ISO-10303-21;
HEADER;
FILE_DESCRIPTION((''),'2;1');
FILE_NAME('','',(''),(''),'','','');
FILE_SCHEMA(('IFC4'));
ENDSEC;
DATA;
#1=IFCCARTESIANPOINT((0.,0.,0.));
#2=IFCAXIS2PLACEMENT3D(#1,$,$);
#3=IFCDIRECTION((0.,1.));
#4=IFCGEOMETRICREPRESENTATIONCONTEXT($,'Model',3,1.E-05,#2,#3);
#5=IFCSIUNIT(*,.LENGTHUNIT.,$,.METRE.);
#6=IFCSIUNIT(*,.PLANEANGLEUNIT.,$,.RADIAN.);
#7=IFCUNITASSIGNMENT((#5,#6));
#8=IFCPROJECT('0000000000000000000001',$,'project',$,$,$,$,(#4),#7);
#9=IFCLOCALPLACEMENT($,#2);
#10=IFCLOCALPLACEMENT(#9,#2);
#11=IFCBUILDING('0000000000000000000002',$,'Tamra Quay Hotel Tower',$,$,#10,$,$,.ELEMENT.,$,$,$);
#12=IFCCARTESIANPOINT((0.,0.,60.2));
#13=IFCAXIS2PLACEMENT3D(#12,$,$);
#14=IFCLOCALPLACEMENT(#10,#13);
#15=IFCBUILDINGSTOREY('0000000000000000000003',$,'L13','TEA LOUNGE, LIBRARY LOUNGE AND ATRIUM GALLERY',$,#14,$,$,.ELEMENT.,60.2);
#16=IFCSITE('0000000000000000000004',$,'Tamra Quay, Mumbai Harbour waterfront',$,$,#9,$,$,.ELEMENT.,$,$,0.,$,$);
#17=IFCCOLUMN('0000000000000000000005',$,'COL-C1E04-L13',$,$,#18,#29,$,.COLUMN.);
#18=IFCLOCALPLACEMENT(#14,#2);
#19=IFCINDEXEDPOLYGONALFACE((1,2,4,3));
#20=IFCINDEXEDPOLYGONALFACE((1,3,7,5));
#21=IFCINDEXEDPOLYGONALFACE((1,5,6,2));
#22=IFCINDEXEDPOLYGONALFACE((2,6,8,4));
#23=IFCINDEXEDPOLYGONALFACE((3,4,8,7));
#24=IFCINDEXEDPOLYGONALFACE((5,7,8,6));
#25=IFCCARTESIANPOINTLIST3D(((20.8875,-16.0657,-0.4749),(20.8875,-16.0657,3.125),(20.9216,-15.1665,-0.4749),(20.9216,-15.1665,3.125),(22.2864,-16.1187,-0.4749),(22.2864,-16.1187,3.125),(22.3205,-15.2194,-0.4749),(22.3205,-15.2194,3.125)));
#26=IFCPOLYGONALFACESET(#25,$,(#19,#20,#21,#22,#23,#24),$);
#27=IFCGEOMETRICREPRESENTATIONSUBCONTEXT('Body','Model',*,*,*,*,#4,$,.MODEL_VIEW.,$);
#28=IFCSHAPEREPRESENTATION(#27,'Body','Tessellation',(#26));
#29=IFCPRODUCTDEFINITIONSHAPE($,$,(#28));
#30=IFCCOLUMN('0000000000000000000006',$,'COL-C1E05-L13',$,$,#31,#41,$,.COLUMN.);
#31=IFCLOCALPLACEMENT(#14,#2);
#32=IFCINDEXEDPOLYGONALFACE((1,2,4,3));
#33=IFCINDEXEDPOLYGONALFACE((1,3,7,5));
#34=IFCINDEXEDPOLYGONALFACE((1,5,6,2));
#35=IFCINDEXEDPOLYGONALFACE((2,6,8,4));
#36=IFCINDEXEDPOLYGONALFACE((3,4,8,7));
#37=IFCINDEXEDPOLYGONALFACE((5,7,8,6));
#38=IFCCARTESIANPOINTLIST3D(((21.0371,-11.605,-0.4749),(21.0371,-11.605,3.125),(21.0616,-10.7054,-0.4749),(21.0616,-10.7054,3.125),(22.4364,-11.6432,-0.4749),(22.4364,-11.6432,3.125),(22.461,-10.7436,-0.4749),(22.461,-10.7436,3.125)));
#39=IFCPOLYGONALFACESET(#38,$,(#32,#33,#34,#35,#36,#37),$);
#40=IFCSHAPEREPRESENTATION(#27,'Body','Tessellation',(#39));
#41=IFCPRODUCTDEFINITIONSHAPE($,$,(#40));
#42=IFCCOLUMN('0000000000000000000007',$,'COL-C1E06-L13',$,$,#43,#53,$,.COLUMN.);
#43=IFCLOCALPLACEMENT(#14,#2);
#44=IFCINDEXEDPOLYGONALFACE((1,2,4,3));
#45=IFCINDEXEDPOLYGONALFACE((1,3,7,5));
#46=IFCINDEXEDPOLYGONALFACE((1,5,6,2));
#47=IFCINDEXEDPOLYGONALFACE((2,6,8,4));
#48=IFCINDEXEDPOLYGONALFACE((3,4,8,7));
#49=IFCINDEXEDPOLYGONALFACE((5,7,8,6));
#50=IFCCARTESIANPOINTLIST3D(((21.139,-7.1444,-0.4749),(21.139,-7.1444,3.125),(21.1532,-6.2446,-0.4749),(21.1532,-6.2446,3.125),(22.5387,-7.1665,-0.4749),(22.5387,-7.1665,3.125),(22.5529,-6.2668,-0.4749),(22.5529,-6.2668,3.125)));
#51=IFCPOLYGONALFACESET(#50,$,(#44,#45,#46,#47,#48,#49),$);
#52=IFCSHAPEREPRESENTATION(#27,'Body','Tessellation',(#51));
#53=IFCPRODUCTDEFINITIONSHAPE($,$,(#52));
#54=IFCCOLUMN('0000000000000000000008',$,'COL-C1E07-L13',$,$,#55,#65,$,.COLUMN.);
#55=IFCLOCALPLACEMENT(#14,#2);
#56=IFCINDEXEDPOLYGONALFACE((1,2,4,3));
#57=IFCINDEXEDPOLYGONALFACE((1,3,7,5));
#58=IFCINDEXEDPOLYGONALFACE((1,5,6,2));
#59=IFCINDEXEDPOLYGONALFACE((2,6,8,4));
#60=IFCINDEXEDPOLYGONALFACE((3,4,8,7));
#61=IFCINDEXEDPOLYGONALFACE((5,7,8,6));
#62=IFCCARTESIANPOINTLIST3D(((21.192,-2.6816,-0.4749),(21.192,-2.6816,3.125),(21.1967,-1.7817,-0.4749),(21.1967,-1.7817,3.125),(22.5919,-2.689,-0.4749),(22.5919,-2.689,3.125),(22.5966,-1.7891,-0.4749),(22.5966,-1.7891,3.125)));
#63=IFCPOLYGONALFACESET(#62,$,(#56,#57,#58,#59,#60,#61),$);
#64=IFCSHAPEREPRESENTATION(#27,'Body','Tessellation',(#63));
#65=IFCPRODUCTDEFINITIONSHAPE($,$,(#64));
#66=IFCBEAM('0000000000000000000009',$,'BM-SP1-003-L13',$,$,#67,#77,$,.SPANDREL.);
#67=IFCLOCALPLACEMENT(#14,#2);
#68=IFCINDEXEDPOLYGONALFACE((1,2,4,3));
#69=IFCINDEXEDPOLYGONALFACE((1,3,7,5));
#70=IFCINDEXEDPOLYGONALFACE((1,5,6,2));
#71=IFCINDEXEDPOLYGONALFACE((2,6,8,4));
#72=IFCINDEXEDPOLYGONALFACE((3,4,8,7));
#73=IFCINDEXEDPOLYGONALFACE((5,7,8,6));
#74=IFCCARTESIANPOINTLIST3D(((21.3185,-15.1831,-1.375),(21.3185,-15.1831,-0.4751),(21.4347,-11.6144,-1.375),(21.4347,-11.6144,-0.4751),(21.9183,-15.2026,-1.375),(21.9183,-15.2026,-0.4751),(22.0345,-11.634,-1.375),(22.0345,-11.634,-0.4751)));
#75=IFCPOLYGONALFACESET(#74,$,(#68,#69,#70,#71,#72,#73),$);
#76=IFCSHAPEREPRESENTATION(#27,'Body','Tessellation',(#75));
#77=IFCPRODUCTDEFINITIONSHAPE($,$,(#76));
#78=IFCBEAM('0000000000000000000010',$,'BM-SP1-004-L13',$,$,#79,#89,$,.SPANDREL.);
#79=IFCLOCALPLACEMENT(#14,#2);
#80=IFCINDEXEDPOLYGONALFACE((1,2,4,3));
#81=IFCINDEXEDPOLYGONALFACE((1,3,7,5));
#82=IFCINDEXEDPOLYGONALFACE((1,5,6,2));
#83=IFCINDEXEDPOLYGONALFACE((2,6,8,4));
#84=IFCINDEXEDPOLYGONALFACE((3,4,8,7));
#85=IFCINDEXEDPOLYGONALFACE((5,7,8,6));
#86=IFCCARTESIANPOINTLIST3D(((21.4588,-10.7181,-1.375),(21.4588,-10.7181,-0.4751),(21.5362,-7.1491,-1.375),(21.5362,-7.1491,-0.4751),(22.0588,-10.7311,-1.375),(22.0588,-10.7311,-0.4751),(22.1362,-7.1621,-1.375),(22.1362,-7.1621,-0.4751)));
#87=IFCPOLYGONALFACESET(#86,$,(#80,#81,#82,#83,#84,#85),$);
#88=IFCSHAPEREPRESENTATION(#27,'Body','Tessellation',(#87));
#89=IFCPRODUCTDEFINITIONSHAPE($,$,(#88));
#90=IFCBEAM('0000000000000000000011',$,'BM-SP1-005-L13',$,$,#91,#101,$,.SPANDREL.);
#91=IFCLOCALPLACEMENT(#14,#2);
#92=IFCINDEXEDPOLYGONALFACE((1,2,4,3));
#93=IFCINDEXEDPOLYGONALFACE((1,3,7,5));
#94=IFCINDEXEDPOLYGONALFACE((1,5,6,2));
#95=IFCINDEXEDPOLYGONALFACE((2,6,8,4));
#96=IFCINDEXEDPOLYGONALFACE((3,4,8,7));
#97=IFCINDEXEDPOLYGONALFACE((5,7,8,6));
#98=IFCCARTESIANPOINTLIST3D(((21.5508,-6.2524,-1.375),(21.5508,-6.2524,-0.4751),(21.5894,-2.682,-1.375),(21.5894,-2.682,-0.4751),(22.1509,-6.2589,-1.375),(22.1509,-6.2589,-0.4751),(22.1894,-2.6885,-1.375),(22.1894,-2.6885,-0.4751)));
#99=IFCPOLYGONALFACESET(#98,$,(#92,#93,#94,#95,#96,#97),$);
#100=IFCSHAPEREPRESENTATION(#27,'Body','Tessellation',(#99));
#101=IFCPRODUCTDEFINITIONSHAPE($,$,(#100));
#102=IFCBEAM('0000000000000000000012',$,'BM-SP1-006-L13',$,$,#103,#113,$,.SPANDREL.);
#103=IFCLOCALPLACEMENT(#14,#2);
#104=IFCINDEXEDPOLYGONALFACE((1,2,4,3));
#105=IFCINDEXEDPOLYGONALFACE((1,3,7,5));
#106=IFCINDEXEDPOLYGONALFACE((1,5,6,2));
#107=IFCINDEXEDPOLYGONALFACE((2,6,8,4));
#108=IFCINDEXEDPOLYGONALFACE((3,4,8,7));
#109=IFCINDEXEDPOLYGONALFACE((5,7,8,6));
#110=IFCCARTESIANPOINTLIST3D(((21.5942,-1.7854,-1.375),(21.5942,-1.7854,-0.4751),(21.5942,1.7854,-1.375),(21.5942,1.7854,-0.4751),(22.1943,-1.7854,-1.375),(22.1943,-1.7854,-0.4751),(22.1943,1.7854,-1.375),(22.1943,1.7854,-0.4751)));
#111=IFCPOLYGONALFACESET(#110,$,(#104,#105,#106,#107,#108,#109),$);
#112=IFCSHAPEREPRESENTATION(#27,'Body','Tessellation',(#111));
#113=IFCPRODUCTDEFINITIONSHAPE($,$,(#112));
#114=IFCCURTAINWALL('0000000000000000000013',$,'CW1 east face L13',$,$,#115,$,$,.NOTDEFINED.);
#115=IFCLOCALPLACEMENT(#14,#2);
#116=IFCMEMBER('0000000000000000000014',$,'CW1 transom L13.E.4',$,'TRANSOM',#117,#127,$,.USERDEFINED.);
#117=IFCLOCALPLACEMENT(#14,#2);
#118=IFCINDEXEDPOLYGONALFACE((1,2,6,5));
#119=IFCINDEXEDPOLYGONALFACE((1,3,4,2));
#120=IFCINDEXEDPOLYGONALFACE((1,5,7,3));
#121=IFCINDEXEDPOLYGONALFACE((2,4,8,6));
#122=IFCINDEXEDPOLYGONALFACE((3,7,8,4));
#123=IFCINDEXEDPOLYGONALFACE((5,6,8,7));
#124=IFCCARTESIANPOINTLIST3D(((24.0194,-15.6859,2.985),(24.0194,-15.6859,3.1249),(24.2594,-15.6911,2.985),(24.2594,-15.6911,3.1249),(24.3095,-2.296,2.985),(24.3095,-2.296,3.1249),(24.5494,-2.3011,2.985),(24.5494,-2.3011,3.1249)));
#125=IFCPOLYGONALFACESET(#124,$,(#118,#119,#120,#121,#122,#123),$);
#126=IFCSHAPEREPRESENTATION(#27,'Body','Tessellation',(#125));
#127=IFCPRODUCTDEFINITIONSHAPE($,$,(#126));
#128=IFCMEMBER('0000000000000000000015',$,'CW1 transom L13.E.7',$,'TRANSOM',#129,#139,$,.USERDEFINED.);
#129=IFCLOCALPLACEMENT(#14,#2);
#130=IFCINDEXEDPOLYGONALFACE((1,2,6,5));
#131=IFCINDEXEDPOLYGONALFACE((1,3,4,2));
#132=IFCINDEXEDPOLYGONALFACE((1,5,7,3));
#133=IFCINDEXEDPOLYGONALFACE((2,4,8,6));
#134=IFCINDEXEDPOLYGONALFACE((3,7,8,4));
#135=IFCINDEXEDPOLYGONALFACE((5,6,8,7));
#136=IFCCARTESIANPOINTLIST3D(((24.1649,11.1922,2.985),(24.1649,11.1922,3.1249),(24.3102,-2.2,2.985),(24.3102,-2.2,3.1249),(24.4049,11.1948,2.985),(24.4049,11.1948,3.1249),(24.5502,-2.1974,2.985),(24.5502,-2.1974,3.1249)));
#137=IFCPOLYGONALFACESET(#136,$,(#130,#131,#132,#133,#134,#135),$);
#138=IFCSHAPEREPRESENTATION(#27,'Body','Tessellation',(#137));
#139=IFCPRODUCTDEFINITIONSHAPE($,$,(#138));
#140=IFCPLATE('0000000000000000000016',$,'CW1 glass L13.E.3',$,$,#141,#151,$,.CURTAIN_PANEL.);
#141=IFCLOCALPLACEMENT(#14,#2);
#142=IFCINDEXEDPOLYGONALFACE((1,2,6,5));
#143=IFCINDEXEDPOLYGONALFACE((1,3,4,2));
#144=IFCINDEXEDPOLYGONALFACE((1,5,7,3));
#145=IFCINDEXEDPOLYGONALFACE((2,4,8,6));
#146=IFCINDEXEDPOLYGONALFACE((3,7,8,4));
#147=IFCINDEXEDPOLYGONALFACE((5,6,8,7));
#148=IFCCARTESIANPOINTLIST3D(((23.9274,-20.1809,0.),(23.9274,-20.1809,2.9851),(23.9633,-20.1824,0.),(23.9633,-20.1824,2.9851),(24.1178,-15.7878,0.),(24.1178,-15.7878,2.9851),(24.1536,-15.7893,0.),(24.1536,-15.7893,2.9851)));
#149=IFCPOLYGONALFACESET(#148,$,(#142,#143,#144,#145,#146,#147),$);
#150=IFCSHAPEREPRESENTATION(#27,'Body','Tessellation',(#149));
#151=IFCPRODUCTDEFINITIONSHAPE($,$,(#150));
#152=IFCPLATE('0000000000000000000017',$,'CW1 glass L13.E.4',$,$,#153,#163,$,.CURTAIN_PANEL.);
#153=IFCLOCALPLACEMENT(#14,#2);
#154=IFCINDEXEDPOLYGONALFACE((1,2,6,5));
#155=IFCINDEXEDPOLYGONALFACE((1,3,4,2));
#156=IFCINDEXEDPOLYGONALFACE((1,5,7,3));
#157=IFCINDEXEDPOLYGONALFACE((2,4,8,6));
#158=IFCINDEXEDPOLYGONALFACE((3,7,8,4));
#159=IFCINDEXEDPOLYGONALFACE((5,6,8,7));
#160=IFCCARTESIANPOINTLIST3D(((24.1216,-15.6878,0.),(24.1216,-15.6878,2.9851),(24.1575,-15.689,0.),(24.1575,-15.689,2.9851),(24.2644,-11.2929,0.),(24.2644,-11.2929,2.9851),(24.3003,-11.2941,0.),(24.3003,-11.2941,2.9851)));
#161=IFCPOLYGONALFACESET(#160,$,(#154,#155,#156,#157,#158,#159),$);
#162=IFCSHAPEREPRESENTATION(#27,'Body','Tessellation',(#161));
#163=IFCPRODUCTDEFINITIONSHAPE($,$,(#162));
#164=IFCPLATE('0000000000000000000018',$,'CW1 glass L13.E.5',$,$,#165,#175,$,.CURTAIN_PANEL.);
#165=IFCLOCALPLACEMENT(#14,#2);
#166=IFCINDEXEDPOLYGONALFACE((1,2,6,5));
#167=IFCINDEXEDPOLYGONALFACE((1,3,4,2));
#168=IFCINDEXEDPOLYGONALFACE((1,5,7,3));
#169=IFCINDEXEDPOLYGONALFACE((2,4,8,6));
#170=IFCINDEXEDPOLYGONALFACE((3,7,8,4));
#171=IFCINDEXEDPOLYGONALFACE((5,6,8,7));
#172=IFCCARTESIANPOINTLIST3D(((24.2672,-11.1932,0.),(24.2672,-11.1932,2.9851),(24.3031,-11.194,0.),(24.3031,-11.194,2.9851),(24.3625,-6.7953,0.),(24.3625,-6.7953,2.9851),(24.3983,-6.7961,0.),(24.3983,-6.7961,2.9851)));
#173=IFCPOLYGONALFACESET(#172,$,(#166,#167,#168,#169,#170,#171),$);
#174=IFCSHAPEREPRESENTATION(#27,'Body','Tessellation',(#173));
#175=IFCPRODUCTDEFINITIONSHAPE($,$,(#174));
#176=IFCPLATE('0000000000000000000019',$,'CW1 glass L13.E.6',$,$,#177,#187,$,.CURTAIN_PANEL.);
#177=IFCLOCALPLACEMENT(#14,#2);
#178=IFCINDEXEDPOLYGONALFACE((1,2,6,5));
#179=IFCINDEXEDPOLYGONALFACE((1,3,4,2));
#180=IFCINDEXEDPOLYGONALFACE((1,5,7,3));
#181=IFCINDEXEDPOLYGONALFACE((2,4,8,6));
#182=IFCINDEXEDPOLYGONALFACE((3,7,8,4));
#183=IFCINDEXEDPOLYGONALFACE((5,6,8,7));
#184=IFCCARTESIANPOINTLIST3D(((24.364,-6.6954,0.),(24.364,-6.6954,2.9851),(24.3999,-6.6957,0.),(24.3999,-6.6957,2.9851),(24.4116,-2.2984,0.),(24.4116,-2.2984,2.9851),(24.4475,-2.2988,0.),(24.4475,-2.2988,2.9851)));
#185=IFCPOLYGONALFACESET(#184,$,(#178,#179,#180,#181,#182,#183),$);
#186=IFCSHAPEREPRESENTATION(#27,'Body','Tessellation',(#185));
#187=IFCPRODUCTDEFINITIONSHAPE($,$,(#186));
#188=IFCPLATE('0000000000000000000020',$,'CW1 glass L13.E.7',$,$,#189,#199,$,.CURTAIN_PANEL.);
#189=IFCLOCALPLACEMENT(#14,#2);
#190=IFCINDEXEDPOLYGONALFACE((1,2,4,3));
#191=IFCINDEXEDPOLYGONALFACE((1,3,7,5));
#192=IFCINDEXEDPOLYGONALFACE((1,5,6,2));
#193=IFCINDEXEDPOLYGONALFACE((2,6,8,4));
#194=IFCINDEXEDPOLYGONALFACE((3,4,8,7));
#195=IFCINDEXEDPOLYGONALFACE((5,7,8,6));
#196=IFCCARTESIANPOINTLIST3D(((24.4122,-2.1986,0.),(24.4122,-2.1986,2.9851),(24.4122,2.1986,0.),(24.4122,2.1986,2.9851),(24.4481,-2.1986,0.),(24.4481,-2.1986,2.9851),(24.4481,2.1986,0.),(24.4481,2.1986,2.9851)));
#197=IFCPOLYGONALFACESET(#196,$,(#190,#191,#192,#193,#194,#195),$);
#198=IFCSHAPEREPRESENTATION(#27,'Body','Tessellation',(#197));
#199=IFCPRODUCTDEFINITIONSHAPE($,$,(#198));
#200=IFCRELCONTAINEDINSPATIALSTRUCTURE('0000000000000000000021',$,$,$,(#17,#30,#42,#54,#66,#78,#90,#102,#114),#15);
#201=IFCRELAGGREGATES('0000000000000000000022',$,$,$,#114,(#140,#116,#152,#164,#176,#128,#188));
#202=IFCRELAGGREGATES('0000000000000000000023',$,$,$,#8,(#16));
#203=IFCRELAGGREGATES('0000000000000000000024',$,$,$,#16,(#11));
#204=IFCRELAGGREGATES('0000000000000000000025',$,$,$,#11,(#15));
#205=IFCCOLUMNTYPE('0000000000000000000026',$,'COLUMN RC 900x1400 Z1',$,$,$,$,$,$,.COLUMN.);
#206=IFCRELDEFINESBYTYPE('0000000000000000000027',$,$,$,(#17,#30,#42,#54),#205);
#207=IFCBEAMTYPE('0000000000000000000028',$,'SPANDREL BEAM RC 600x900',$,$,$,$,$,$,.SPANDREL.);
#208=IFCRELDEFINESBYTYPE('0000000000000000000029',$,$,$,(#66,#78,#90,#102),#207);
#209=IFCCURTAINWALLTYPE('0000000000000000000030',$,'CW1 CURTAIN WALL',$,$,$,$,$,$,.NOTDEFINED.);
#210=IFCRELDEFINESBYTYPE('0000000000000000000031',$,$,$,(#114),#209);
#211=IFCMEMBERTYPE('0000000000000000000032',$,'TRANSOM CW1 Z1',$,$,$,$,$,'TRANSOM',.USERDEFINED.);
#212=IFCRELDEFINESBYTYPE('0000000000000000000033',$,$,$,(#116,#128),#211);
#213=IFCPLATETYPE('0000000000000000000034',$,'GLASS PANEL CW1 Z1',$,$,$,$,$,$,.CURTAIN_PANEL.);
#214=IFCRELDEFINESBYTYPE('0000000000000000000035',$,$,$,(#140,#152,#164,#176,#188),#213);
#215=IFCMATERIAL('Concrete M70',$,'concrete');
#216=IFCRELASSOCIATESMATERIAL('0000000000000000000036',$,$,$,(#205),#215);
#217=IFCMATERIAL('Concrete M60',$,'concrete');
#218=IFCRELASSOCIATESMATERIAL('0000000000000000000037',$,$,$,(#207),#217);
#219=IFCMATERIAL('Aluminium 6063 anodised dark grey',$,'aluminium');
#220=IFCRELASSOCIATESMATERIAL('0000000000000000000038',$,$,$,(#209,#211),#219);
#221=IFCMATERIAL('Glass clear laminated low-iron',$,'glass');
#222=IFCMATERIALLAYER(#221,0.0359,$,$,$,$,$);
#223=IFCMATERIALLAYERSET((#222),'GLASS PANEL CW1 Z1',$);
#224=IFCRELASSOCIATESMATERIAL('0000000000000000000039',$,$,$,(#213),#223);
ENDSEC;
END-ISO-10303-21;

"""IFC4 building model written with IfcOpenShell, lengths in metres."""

from ifc_helpers import new_model, si_unit, direction, frame, origin, origin_2d, place, context, subcontext, project, spatial, rectangle, extrude, material, layer, layer_set, material_profile, profile_set, type_object, element, aggregate, save


model = new_model("IFC4")

# Units and contexts
model_context = context("Model", 3, precision=1e-05, world=origin(), true_north=direction((0.0, 1.0)))
body_context = subcontext(model_context, "Body", "Model", "MODEL_VIEW")
ifc_project = project(units=[si_unit("LENGTHUNIT", "METRE"), si_unit("PLANEANGLEUNIT", "RADIAN")], contexts=[model_context])

# Site, building, storey
site_placement = place(None, origin())
site = spatial("IfcSite", under=ifc_project, at=site_placement, Name="Tamra Quay, Mumbai Harbour waterfront", CompositionType="ELEMENT", RefElevation=0.0)
building_placement = place(site_placement, origin())
building = spatial("IfcBuilding", under=site, at=building_placement, Name="Tamra Quay Hotel Tower", CompositionType="ELEMENT")
storey_placement = place(building_placement, frame((0.0, 0.0, 60.2)))
storey = spatial("IfcBuildingStorey", under=building, at=storey_placement, Name="L13", Description="TEA LOUNGE, LIBRARY LOUNGE AND ATRIUM GALLERY", CompositionType="ELEMENT", Elevation=60.2)

# Columns
ifc_material_1 = material(Name="Concrete M70", Category="concrete")
ifc_material_profile_1 = material_profile(ifc_material_1, rectangle(XDim=1.3999, YDim=0.8999, at=origin_2d()), Name="COLUMN RC 900x1400 Z1")
ifc_profile_set_1 = profile_set([ifc_material_profile_1], Name="Concrete M70")
column_type = type_object("IfcColumnType", Name="COLUMN RC 900x1400 Z1", PredefinedType="COLUMN", material=ifc_profile_set_1)
for number, where, z_axis, x_axis, name in (
    (1, (21.604, -15.6426, -0.4749), (0.0, 0.0, 1.0), (-0.999285, 0.037812, 0.0), "COL-C1E04-L13"),
    (2, (21.749, -11.1743, -0.4749), (0.0, 0.0, 1.0), (-0.999628, 0.027269, 0.0), "COL-C1E05-L13"),
    (3, (21.8459, -6.7056, -0.4749), (0.0, 0.0, 1.0), (-0.999875, 0.015838, 0.0), "COL-C1E06-L13"),
    (4, (21.8943, -2.2354, -0.4749), (0.0, 0.0, 1.0), (-0.999986, 0.00528, 0.0), "COL-C1E07-L13"),
):
    element("IfcColumn", number, at=place(storey_placement, frame(where, z_axis=z_axis, x_axis=x_axis)), inside=storey, type_object=column_type, Name=name, PredefinedType="COLUMN", context=body_context, shape_type="SweptSolid", body=[
        extrude(rectangle(XDim=1.3999, YDim=0.8999, at=origin_2d()), origin(), (0.0, 0.0, 1.0), 3.5999),
    ])

# Beams
ifc_material_2 = material(Name="Concrete M60", Category="concrete")
ifc_material_profile_2 = material_profile(ifc_material_2, rectangle(XDim=0.6001, YDim=0.8999, at=origin_2d()), Name="SPANDREL BEAM RC 600x900")
ifc_profile_set_2 = profile_set([ifc_material_profile_2], Name="Concrete M60")
beam_type = type_object("IfcBeamType", Name="SPANDREL BEAM RC 600x900", PredefinedType="SPANDREL", material=ifc_profile_set_2)
beam_1_placement = place(storey_placement, frame((21.6184, -15.1929, -0.925), z_axis=(0.032548, 0.99947, 0.0), x_axis=(-0.99947, 0.032548, 0.0)))
element("IfcBeam", 5, at=beam_1_placement, inside=storey, type_object=beam_type, Name="BM-SP1-003-L13", PredefinedType="SPANDREL", context=body_context, shape_type="SweptSolid", body=[
    extrude(rectangle(XDim=0.6001, YDim=0.8999, at=origin_2d()), origin(), (0.0, 0.0, 1.0), 3.5706),
])
beam_2_placement = place(storey_placement, frame((21.7588, -10.7246, -0.925), z_axis=(0.021679, 0.999765, 0.0), x_axis=(-0.999765, 0.021679, 0.0)))
element("IfcBeam", 6, at=beam_2_placement, inside=storey, type_object=beam_type, Name="BM-SP1-004-L13", PredefinedType="SPANDREL", context=body_context, shape_type="SweptSolid", body=[
    extrude(rectangle(XDim=0.6001, YDim=0.8999, at=origin_2d()), origin(), (0.0, 0.0, 1.0), 3.5698),
])
beam_3_placement = place(storey_placement, frame((21.8508, -6.2556, -0.925), z_axis=(0.010804, 0.999942, 0.0), x_axis=(-0.999942, 0.010804, 0.0)))
element("IfcBeam", 7, at=beam_3_placement, inside=storey, type_object=beam_type, Name="BM-SP1-005-L13", PredefinedType="SPANDREL", context=body_context, shape_type="SweptSolid", body=[
    extrude(rectangle(XDim=0.6001, YDim=0.8999, at=origin_2d()), origin(), (0.0, 0.0, 1.0), 3.5706),
])
beam_4_placement = place(storey_placement, frame((21.8943, -1.7854, -0.925), z_axis=(0.0, 1.0, 0.0), x_axis=(-1.0, 0.0, 0.0)))
element("IfcBeam", 8, at=beam_4_placement, inside=storey, type_object=beam_type, Name="BM-SP1-006-L13", PredefinedType="SPANDREL", context=body_context, shape_type="SweptSolid", body=[
    extrude(rectangle(XDim=0.6001, YDim=0.8999, at=origin_2d()), origin(), (0.0, 0.0, 1.0), 3.5708),
])

# Curtain wall, members, plates
ifc_material_3 = material(Name="Aluminium 6063 anodised dark grey", Category="aluminium")
curtain_wall_type = type_object("IfcCurtainWallType", Name="CW1 CURTAIN WALL", PredefinedType="NOTDEFINED", material=ifc_material_3)
curtain_wall_placement = place(storey_placement, origin())
curtain_wall = element("IfcCurtainWall", 9, at=curtain_wall_placement, inside=storey, type_object=curtain_wall_type, Name="CW1 east face L13", PredefinedType="NOTDEFINED")
ifc_material_profile_3 = material_profile(ifc_material_3, rectangle(XDim=0.24, YDim=0.1399, at=origin_2d()), Name="TRANSOM 240X140")
ifc_profile_set_3 = profile_set([ifc_material_profile_3], Name="Aluminium 6063 anodised dark grey")
member_type = type_object("IfcMemberType", Name="TRANSOM CW1 Z1", ElementType="TRANSOM", PredefinedType="USERDEFINED", material=ifc_profile_set_3)
member_1_placement = place(storey_placement, frame((24.1394, -15.6885, 3.0549), z_axis=(0.021656, 0.999765, 0.0), x_axis=(-0.999765, 0.021656, 0.0)))
member_1 = element("IfcMember", 10, at=member_1_placement, type_object=member_type, Name="CW1 transom L13.E.4", ObjectType="TRANSOM", PredefinedType="USERDEFINED", context=body_context, shape_type="SweptSolid", body=[
    extrude(rectangle(XDim=0.24, YDim=0.1399, at=origin_2d()), origin(), (0.0, 0.0, 1.0), 13.3931),
])
member_2_placement = place(storey_placement, frame((24.4302, -2.1987, 3.0549), z_axis=(-0.010846, 0.999941, 0.0), x_axis=(-0.999941, -0.010846, 0.0)))
member_2 = element("IfcMember", 11, at=member_2_placement, type_object=member_type, Name="CW1 transom L13.E.7", ObjectType="TRANSOM", PredefinedType="USERDEFINED", context=body_context, shape_type="SweptSolid", body=[
    extrude(rectangle(XDim=0.24, YDim=0.1399, at=origin_2d()), origin(), (0.0, 0.0, 1.0), 13.3931),
])
ifc_material_4 = material(Name="Glass clear laminated low-iron", Category="glass")
ifc_layer_1 = layer(ifc_material_4, 0.0359)
ifc_layer_set_1 = layer_set([ifc_layer_1], Name="GLASS PANEL CW1 Z1")
plate_type = type_object("IfcPlateType", Name="GLASS PANEL CW1 Z1", PredefinedType="CURTAIN_PANEL", material=ifc_layer_set_1)
plate_1_placement = place(storey_placement, frame((24.0405, -17.9851, 0.0), z_axis=(0.0, 0.0, 1.0), x_axis=(0.043285, 0.999063, 0.0)))
plate_1 = element("IfcPlate", 12, at=plate_1_placement, type_object=plate_type, Name="CW1 glass L13.E.3", PredefinedType="CURTAIN_PANEL", context=body_context, shape_type="SweptSolid", body=[
    extrude(rectangle(XDim=4.3972, YDim=0.0359, at=origin_2d()), origin(), (0.0, 0.0, 1.0), 2.9851),
])
plate_2_placement = place(storey_placement, frame((24.2109, -13.491, 0.0), z_axis=(0.0, 0.0, 1.0), x_axis=(0.032475, 0.999473, 0.0)))
plate_2 = element("IfcPlate", 13, at=plate_2_placement, type_object=plate_type, Name="CW1 glass L13.E.4", PredefinedType="CURTAIN_PANEL", context=body_context, shape_type="SweptSolid", body=[
    extrude(rectangle(XDim=4.3972, YDim=0.0359, at=origin_2d()), origin(), (0.0, 0.0, 1.0), 2.9851),
])
plate_3_placement = place(storey_placement, frame((24.3328, -8.9946, 0.0), z_axis=(0.0, 0.0, 1.0), x_axis=(0.021657, 0.999765, 0.0)))
plate_3 = element("IfcPlate", 14, at=plate_3_placement, type_object=plate_type, Name="CW1 glass L13.E.5", PredefinedType="CURTAIN_PANEL", context=body_context, shape_type="SweptSolid", body=[
    extrude(rectangle(XDim=4.3989, YDim=0.0359, at=origin_2d()), origin(), (0.0, 0.0, 1.0), 2.9851),
])
plate_4_placement = place(storey_placement, frame((24.4058, -4.4971, 0.0), z_axis=(0.0, 0.0, 1.0), x_axis=(0.010836, 0.999941, 0.0)))
plate_4 = element("IfcPlate", 15, at=plate_4_placement, type_object=plate_type, Name="CW1 glass L13.E.6", PredefinedType="CURTAIN_PANEL", context=body_context, shape_type="SweptSolid", body=[
    extrude(rectangle(XDim=4.3972, YDim=0.0359, at=origin_2d()), origin(), (0.0, 0.0, 1.0), 2.9851),
])
plate_5_placement = place(storey_placement, frame((24.4302, 0.0, 0.0), z_axis=(0.0, 0.0, 1.0), x_axis=(0.0, 1.0, 0.0)))
plate_5 = element("IfcPlate", 16, at=plate_5_placement, type_object=plate_type, Name="CW1 glass L13.E.7", PredefinedType="CURTAIN_PANEL", context=body_context, shape_type="SweptSolid", body=[
    extrude(rectangle(XDim=4.3972, YDim=0.0359, at=origin_2d()), origin(), (0.0, 0.0, 1.0), 2.9851),
])
aggregate(curtain_wall, [plate_1, member_1, plate_2, plate_3, plate_4, member_2, plate_5])

save(model, "model.ifc")
